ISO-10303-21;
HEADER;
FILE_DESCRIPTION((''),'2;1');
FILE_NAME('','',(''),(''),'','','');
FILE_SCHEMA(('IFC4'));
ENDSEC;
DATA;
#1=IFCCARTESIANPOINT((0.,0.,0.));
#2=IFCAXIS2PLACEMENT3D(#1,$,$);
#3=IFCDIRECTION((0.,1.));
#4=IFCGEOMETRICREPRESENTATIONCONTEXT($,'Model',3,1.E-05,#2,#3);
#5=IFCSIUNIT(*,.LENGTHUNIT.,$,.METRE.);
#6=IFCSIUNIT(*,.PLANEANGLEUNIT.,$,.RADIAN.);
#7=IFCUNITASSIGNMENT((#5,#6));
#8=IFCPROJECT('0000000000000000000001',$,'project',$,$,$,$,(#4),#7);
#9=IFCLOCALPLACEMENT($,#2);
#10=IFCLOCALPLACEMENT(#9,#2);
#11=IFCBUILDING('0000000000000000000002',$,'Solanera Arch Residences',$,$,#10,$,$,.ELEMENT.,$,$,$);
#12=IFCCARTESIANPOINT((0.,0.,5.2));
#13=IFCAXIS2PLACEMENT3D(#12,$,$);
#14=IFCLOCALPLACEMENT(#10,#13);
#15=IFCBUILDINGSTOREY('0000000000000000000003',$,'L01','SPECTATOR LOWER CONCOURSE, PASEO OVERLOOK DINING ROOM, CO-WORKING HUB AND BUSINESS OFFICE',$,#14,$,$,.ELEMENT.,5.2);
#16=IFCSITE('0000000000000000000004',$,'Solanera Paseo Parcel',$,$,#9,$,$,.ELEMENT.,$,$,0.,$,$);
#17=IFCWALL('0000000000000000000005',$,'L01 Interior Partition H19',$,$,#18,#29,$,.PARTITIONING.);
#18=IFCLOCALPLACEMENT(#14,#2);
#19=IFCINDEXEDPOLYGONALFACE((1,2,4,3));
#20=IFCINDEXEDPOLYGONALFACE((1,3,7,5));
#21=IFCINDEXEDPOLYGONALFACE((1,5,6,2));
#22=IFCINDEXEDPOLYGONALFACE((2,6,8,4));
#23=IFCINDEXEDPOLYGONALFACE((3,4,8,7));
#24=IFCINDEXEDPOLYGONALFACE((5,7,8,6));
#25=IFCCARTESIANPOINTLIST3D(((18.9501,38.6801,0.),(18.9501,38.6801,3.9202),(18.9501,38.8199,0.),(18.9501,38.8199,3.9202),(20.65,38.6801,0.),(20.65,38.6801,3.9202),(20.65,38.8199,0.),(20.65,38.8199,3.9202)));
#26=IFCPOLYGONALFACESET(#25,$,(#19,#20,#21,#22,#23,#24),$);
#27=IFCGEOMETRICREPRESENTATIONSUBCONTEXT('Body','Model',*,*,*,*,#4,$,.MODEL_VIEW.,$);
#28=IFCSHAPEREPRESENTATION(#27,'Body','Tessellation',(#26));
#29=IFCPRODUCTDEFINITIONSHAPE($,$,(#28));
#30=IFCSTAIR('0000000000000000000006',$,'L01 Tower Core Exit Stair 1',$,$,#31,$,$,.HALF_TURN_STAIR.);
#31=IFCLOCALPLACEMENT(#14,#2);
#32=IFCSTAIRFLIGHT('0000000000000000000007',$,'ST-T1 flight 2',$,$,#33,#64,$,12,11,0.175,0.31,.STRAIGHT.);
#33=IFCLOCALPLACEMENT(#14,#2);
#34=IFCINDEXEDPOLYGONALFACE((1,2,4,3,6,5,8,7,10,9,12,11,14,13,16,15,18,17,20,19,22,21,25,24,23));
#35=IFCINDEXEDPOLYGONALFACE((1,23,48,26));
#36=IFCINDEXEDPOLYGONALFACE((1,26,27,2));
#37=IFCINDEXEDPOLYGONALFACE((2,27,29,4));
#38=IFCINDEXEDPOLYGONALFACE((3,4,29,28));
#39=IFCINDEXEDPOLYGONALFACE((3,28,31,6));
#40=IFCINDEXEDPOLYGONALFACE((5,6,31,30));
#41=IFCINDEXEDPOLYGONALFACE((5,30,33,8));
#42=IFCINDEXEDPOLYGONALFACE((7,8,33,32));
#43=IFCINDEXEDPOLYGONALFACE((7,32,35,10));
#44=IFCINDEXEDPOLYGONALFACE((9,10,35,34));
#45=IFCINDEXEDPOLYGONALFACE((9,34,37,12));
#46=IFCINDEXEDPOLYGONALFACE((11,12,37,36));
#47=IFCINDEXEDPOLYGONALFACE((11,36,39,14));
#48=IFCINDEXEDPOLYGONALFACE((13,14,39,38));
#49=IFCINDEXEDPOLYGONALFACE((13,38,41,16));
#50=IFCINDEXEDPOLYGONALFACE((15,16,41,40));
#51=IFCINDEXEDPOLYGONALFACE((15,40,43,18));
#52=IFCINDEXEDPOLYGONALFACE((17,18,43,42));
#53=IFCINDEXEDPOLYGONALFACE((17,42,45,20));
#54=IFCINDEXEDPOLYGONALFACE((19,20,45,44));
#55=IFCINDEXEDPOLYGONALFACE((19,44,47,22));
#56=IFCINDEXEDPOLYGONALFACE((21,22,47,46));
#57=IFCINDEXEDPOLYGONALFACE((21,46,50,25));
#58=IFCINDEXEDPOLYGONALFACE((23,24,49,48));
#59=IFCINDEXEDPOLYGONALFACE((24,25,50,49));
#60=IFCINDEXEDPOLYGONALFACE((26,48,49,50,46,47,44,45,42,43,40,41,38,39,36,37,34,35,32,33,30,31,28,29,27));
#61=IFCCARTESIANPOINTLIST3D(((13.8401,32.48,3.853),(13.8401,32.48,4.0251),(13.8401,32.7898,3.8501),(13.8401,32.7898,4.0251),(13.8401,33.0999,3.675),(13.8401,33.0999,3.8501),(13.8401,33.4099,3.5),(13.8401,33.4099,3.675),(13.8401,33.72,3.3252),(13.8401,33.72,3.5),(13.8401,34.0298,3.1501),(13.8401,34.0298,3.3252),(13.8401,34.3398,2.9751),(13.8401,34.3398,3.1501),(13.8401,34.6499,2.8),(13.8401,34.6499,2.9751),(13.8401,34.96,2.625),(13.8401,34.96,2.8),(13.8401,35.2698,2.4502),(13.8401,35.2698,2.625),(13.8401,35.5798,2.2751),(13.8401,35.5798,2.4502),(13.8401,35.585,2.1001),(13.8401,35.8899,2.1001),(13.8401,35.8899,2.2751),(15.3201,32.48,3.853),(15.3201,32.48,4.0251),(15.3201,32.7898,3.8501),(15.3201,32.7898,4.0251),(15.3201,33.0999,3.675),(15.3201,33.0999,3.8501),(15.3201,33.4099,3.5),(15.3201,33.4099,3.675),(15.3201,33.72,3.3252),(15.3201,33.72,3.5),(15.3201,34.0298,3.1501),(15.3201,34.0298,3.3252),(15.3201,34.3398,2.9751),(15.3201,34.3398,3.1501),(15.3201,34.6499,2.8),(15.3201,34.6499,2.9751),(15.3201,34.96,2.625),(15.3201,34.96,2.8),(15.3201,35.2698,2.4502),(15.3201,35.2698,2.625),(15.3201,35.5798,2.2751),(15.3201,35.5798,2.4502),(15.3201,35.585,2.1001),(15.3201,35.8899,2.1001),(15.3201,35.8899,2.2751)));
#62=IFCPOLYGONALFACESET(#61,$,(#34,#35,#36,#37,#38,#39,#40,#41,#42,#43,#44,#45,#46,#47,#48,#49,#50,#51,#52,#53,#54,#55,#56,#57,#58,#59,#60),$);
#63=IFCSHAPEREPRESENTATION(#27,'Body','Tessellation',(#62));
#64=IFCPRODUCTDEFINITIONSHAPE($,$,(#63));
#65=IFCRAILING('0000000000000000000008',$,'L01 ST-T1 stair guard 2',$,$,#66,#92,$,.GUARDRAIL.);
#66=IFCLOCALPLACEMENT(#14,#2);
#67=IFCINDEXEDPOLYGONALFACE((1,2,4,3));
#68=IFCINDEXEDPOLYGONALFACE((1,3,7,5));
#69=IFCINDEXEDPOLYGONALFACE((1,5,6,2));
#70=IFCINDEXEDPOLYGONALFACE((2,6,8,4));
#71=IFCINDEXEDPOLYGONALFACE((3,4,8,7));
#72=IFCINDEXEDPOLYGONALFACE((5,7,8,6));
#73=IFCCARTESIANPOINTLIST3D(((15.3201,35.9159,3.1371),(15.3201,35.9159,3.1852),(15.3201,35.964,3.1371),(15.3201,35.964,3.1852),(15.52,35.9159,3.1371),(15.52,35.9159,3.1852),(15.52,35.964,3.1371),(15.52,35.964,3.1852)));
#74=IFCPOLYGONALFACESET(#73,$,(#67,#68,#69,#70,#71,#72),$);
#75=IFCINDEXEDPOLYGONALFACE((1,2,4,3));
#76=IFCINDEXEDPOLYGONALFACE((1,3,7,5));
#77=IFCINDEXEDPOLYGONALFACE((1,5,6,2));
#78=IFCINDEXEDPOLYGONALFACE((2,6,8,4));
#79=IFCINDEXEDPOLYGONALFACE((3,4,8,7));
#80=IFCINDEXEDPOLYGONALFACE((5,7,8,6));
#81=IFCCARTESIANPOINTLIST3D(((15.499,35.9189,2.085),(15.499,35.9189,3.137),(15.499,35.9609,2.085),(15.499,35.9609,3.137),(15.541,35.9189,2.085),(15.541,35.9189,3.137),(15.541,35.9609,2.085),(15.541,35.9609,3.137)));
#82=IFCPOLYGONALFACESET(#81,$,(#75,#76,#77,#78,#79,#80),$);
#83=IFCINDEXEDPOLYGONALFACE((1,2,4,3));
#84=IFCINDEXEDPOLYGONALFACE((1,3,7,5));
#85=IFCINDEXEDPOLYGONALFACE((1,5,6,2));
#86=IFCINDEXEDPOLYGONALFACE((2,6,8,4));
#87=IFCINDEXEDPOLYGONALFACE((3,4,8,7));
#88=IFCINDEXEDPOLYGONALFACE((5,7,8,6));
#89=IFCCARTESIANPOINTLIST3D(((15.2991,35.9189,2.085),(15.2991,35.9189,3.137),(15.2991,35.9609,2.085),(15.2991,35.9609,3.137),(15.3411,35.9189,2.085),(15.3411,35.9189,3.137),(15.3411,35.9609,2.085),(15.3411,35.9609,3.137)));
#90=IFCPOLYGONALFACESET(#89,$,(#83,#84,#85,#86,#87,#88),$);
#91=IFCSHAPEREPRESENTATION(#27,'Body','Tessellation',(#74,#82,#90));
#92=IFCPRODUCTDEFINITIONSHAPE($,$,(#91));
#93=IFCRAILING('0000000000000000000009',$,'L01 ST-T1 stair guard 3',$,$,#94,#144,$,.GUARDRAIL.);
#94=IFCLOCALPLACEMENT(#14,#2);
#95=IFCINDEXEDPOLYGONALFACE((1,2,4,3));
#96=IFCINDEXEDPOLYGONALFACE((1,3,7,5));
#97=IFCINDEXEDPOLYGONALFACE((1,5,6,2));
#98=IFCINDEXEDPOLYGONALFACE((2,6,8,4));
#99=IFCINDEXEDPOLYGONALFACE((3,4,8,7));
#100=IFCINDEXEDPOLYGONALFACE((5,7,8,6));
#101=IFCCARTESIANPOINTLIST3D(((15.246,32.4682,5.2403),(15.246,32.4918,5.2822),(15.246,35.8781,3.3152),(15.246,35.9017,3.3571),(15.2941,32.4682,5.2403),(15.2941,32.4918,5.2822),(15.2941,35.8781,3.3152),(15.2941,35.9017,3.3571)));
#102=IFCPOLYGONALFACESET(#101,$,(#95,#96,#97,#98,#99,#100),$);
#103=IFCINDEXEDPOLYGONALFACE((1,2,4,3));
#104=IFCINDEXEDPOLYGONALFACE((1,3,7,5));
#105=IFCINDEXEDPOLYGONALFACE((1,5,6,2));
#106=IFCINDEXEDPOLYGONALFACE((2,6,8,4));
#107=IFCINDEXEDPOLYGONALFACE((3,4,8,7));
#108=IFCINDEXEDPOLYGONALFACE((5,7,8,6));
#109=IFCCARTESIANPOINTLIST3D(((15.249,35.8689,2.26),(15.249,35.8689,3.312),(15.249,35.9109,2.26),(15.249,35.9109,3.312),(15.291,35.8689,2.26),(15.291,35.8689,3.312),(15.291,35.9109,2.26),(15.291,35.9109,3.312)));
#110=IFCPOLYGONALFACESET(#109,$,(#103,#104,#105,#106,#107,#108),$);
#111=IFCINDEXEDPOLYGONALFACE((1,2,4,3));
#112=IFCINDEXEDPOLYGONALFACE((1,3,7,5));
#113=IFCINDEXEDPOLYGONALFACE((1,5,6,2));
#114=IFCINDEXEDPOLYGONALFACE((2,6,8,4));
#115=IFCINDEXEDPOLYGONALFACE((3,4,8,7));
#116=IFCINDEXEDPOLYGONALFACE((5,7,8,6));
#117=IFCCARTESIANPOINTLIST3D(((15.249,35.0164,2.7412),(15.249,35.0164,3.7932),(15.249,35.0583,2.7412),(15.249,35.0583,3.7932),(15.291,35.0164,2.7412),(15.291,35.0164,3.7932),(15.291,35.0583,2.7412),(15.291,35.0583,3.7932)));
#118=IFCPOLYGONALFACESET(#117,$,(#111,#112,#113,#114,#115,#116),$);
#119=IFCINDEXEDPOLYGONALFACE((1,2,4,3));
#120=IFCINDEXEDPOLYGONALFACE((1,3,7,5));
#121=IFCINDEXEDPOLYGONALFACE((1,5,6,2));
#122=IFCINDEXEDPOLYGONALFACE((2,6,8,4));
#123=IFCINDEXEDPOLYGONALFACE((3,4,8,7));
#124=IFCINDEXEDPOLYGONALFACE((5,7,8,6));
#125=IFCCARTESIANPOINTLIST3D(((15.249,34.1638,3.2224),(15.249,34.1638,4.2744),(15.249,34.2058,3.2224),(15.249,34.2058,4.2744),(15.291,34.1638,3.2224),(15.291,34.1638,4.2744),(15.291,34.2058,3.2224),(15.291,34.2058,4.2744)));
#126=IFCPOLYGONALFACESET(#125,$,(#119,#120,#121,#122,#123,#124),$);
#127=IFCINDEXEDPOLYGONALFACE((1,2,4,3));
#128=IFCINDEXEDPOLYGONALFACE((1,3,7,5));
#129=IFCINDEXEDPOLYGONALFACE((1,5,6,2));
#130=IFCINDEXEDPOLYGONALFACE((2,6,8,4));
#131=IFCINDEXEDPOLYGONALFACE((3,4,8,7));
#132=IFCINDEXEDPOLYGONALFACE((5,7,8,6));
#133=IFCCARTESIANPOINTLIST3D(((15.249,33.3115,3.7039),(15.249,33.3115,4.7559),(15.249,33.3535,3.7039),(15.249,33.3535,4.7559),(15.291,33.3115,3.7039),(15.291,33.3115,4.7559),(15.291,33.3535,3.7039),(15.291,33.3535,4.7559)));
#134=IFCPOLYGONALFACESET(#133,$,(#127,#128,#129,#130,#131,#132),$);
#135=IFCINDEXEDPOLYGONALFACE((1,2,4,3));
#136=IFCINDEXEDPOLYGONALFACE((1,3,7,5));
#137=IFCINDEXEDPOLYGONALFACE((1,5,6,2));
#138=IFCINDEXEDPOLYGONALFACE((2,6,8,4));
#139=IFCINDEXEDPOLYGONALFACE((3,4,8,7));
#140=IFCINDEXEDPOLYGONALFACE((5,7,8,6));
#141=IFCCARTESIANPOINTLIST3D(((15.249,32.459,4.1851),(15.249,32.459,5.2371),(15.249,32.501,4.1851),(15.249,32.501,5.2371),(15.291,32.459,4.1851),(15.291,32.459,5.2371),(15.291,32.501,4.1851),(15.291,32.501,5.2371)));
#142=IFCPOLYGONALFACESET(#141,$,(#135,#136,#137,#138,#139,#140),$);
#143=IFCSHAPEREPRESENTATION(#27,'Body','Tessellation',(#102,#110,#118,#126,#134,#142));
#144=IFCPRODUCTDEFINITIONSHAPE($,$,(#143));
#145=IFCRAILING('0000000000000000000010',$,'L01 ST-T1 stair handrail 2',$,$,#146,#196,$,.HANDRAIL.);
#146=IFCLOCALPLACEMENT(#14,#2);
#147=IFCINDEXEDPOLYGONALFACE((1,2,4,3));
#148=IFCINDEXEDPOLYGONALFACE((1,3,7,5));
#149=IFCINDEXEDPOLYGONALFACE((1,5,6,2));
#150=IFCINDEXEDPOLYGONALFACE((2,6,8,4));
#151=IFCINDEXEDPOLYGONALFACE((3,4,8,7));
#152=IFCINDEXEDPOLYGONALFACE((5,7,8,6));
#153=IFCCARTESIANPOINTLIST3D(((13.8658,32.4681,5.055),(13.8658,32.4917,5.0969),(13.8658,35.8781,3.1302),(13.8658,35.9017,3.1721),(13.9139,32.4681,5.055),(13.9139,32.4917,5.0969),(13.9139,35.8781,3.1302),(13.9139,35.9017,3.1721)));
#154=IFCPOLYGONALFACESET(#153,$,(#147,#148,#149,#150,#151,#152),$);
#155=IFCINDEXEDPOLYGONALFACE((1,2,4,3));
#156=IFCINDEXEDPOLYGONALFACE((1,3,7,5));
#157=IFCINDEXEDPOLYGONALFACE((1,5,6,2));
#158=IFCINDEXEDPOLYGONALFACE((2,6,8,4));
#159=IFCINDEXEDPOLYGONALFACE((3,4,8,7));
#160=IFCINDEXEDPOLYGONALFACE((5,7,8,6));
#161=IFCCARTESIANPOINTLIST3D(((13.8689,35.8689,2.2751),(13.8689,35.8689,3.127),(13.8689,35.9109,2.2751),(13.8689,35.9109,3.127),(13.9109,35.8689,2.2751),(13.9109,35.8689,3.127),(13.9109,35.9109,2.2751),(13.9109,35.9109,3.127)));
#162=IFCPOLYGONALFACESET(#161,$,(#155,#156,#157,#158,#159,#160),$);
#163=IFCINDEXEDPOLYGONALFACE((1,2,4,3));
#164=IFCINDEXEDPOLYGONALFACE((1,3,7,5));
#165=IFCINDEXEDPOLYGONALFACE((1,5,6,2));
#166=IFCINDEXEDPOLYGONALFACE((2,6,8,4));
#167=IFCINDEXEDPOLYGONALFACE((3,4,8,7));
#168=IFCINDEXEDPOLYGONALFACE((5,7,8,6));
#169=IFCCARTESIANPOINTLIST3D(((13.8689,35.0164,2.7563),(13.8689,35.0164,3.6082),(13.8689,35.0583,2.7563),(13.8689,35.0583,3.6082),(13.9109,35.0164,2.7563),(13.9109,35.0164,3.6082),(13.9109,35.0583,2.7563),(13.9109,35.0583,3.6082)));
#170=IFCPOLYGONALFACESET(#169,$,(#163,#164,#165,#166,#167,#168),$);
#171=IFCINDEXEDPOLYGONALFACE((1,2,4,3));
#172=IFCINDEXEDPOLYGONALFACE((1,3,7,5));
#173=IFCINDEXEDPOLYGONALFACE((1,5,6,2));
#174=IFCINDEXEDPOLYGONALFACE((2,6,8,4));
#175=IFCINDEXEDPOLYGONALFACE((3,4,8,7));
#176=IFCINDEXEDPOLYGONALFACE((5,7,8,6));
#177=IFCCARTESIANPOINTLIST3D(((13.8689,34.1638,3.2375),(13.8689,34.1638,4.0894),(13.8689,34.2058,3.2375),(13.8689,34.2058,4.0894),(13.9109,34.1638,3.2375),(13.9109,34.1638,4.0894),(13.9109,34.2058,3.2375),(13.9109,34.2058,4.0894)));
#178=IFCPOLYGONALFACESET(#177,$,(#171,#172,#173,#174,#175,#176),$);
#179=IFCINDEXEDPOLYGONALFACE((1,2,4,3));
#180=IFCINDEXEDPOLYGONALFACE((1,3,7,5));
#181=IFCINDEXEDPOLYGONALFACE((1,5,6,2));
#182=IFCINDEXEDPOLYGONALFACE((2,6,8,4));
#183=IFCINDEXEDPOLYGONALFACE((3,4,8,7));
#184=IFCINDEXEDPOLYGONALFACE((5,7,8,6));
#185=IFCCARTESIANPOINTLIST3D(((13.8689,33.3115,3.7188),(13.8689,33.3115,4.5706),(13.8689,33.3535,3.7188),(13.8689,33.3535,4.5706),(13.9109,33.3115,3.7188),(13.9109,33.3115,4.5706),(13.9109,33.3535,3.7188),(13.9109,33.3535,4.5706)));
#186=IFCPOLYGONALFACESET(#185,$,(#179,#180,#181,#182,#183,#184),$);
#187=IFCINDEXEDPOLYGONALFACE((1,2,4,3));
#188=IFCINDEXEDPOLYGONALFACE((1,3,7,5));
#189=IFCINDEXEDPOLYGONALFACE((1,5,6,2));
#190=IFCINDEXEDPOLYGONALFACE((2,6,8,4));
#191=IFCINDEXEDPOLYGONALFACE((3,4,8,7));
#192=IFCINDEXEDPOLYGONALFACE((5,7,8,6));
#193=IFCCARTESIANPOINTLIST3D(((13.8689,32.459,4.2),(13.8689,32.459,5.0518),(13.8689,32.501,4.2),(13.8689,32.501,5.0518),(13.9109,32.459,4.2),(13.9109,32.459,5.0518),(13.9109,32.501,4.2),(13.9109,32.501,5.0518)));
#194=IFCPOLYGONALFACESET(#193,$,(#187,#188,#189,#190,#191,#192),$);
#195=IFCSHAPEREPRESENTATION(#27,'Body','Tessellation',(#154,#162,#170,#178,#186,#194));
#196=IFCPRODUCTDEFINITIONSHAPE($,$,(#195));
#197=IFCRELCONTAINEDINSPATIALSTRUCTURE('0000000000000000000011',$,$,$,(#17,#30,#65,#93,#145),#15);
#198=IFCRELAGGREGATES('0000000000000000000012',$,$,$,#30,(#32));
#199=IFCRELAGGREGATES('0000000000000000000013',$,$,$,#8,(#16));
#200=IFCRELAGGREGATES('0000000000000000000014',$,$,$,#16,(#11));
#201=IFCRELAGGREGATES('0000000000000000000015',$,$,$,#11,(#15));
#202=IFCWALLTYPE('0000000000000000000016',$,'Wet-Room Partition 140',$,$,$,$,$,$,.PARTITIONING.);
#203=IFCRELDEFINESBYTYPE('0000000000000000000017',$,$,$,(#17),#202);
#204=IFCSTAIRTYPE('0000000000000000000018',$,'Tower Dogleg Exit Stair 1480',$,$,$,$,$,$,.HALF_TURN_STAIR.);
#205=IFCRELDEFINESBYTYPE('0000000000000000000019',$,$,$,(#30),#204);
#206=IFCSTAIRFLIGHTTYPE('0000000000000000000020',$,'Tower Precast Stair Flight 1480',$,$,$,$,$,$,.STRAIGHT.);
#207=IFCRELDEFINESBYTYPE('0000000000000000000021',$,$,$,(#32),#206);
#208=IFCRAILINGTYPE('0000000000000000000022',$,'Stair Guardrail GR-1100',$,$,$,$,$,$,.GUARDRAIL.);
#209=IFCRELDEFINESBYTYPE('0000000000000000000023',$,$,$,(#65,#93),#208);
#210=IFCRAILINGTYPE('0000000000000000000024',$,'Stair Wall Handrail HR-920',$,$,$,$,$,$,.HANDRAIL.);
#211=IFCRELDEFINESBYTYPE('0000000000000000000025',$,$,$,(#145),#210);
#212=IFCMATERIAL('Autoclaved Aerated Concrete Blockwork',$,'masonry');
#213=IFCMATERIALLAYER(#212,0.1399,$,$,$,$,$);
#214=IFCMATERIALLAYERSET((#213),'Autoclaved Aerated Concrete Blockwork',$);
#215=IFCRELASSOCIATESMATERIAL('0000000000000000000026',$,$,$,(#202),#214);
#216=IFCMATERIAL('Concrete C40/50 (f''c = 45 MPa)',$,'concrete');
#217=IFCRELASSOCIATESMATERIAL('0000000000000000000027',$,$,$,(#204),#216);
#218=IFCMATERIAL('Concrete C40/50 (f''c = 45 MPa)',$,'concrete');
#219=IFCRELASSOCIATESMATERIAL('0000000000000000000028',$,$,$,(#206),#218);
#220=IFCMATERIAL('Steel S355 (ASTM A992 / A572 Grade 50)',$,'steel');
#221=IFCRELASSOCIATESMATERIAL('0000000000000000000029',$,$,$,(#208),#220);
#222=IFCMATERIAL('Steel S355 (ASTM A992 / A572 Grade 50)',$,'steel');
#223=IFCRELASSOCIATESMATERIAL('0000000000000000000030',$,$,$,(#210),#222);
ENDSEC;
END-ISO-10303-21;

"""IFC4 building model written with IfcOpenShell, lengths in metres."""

from ifc_helpers import new_model, si_unit, direction, frame, frame_2d, origin, origin_2d, place, context, subcontext, project, spatial, polyline, rectangle, outline, extrude, material, layer, layer_set, type_object, element, aggregate, save


model = new_model("IFC4")

# Units and contexts
model_context = context("Model", 3, precision=1e-05, world=origin(), true_north=direction((0.0, 1.0)))
body_context = subcontext(model_context, "Body", "Model", "MODEL_VIEW")
ifc_project = project(units=[si_unit("LENGTHUNIT", "METRE"), si_unit("PLANEANGLEUNIT", "RADIAN")], contexts=[model_context])

# Site, building, storey
site_placement = place(None, origin())
site = spatial("IfcSite", under=ifc_project, at=site_placement, Name="Solanera Paseo Parcel", CompositionType="ELEMENT", RefElevation=0.0)
building_placement = place(site_placement, origin())
building = spatial("IfcBuilding", under=site, at=building_placement, Name="Solanera Arch Residences", CompositionType="ELEMENT")
storey_placement = place(building_placement, frame((0.0, 0.0, 5.2)))
storey = spatial("IfcBuildingStorey", under=building, at=storey_placement, Name="L01", Description="SPECTATOR LOWER CONCOURSE, PASEO OVERLOOK DINING ROOM, CO-WORKING HUB AND BUSINESS OFFICE", CompositionType="ELEMENT", Elevation=5.2)

# Wall
ifc_material_1 = material(Name="Autoclaved Aerated Concrete Blockwork", Category="masonry")
ifc_layer_1 = layer(ifc_material_1, 0.1399)
ifc_layer_set_1 = layer_set([ifc_layer_1], Name="Autoclaved Aerated Concrete Blockwork")
wall_type_1 = type_object("IfcWallType", Name="Wet-Room Partition 140", PredefinedType="PARTITIONING", material=ifc_layer_set_1)
wall_1_placement = place(storey_placement, frame((18.95, 38.75, 0.0), z_axis=(0.0, 0.0, 1.0), x_axis=(1.0, 0.0, 0.0)))
element("IfcWall", 1, at=wall_1_placement, inside=storey, type_object=wall_type_1, Name="L01 Interior Partition H19", PredefinedType="PARTITIONING", context=body_context, shape_type="SweptSolid", body=[
    extrude(rectangle(XDim=1.7, YDim=0.1399, at=frame_2d((0.8501, 0.0))), origin(), (0.0, 0.0, 1.0), 3.9202),
])

# Stair, stair flight
ifc_material_2 = material(Name="Concrete C40/50 (f'c = 45 MPa)", Category="concrete")
stair_type = type_object("IfcStairType", Name="Tower Dogleg Exit Stair 1480", PredefinedType="HALF_TURN_STAIR", material=ifc_material_2)
stair_placement = place(storey_placement, origin())
stair = element("IfcStair", 2, at=stair_placement, inside=storey, type_object=stair_type, Name="L01 Tower Core Exit Stair 1", PredefinedType="HALF_TURN_STAIR")
ifc_material_3 = material(Name="Concrete C40/50 (f'c = 45 MPa)", Category="concrete")
stair_flight_type = type_object("IfcStairFlightType", Name="Tower Precast Stair Flight 1480", PredefinedType="STRAIGHT", material=ifc_material_3)
stair_flight_placement = place(storey_placement, frame((14.5801, 35.8899, 2.1001), z_axis=(0.0, 0.0, 1.0), x_axis=(0.0, -1.0, 0.0)))
stair_flight = element("IfcStairFlight", 3, at=stair_flight_placement, type_object=stair_flight_type, Name="ST-T1 flight 2", NumberOfRisers=12, NumberOfTreads=11, PredefinedType="STRAIGHT", RiserHeight=0.175, TreadLength=0.31, context=body_context, shape_type="SweptSolid", body=[
    extrude(outline(polyline([(0.0, 0.0), (0.0, 0.175), (0.3101, 0.175), (0.3101, 0.3501), (0.6201, 0.3501), (0.6201, 0.5249), (0.9299, 0.5249), (0.9299, 0.7), (1.24, 0.7), (1.24, 0.875), (1.55, 0.875), (1.55, 1.05), (1.8601, 1.05), (1.8601, 1.2251), (2.1699, 1.2251), (2.1699, 1.3999), (2.48, 1.3999), (2.48, 1.575), (2.79, 1.575), (2.79, 1.75), (3.1001, 1.75), (3.1001, 1.925), (3.4099, 1.925), (3.4099, 2.1001), (3.4099, 1.7529), (0.3049, 0.0), (0.0, 0.0)])), frame((0.0, 0.74, 0.0), z_axis=(0.0, -1.0, 0.0), x_axis=(1.0, 0.0, 0.0)), (0.0, 0.0, 1.0), 1.48),
])
aggregate(stair, [stair_flight])

# Railings
ifc_material_4 = material(Name="Steel S355 (ASTM A992 / A572 Grade 50)", Category="steel")
railing_type_1 = type_object("IfcRailingType", Name="Stair Guardrail GR-1100", PredefinedType="GUARDRAIL", material=ifc_material_4)
railing_1_placement = place(storey_placement, frame((15.52, 35.9399, 2.085)))
element("IfcRailing", 4, at=railing_1_placement, inside=storey, type_object=railing_type_1, Name="L01 ST-T1 stair guard 2", PredefinedType="GUARDRAIL", context=body_context, shape_type="SweptSolid", body=[
    extrude(rectangle(XDim=0.0481, YDim=0.0481, at=origin_2d()), frame((0.0, 0.0, 1.0762), z_axis=(-1.0, 0.0, 0.0), x_axis=(0.0, -1.0, 0.0)), (0.0, 0.0, 1.0), 0.2),
    extrude(rectangle(XDim=0.042, YDim=0.042, at=origin_2d()), origin(), (0.0, 0.0, 1.0), 1.052),
    extrude(rectangle(XDim=0.042, YDim=0.042, at=origin_2d()), frame((-0.2, 0.0, 0.0)), (0.0, 0.0, 1.0), 1.052),
])
railing_2_placement = place(storey_placement, frame((15.27, 35.8899, 2.26)))
element("IfcRailing", 5, at=railing_2_placement, inside=storey, type_object=railing_type_1, Name="L01 ST-T1 stair guard 3", PredefinedType="GUARDRAIL", context=body_context, shape_type="SweptSolid", body=[
    extrude(rectangle(XDim=0.0481, YDim=0.0481, at=origin_2d()), frame((0.0, 0.0, 1.0762), z_axis=(0.0, -0.870814, 0.491613), x_axis=(1.0, 0.0, 0.0)), (0.0, 0.0, 1.0), 3.9158),
    extrude(rectangle(XDim=0.042, YDim=0.042, at=origin_2d()), origin(), (0.0, 0.0, 1.0), 1.052),
    extrude(rectangle(XDim=0.042, YDim=0.042, at=origin_2d()), frame((0.0, -0.8525, 0.4812)), (0.0, 0.0, 1.0), 1.052),
    extrude(rectangle(XDim=0.042, YDim=0.042, at=origin_2d()), frame((0.0, -1.7051, 0.9624)), (0.0, 0.0, 1.0), 1.052),
    extrude(rectangle(XDim=0.042, YDim=0.042, at=origin_2d()), frame((0.0, -2.5574, 1.4438)), (0.0, 0.0, 1.0), 1.052),
    extrude(rectangle(XDim=0.042, YDim=0.042, at=origin_2d()), frame((0.0, -3.4099, 1.925)), (0.0, 0.0, 1.0), 1.052),
])
ifc_material_5 = material(Name="Steel S355 (ASTM A992 / A572 Grade 50)", Category="steel")
railing_type_2 = type_object("IfcRailingType", Name="Stair Wall Handrail HR-920", PredefinedType="HANDRAIL", material=ifc_material_5)
railing_3_placement = place(storey_placement, frame((13.8899, 35.8899, 2.2751)))
element("IfcRailing", 6, at=railing_3_placement, inside=storey, type_object=railing_type_2, Name="L01 ST-T1 stair handrail 2", PredefinedType="HANDRAIL", context=body_context, shape_type="SweptSolid", body=[
    extrude(rectangle(XDim=0.0481, YDim=0.0481, at=origin_2d()), frame((0.0, 0.0, 0.876), z_axis=(0.0, -0.87084, 0.491566), x_axis=(1.0, 0.0, 0.0)), (0.0, 0.0, 1.0), 3.9158),
    extrude(rectangle(XDim=0.042, YDim=0.042, at=origin_2d()), origin(), (0.0, 0.0, 1.0), 0.8518),
    extrude(rectangle(XDim=0.042, YDim=0.042, at=origin_2d()), frame((0.0, -0.8525, 0.4812)), (0.0, 0.0, 1.0), 0.8518),
    extrude(rectangle(XDim=0.042, YDim=0.042, at=origin_2d()), frame((0.0, -1.7051, 0.9624)), (0.0, 0.0, 1.0), 0.8518),
    extrude(rectangle(XDim=0.042, YDim=0.042, at=origin_2d()), frame((0.0, -2.5574, 1.4436)), (0.0, 0.0, 1.0), 0.8518),
    extrude(rectangle(XDim=0.042, YDim=0.042, at=origin_2d()), frame((0.0, -3.4099, 1.9248)), (0.0, 0.0, 1.0), 0.8518),
])

save(model, "model.ifc")
